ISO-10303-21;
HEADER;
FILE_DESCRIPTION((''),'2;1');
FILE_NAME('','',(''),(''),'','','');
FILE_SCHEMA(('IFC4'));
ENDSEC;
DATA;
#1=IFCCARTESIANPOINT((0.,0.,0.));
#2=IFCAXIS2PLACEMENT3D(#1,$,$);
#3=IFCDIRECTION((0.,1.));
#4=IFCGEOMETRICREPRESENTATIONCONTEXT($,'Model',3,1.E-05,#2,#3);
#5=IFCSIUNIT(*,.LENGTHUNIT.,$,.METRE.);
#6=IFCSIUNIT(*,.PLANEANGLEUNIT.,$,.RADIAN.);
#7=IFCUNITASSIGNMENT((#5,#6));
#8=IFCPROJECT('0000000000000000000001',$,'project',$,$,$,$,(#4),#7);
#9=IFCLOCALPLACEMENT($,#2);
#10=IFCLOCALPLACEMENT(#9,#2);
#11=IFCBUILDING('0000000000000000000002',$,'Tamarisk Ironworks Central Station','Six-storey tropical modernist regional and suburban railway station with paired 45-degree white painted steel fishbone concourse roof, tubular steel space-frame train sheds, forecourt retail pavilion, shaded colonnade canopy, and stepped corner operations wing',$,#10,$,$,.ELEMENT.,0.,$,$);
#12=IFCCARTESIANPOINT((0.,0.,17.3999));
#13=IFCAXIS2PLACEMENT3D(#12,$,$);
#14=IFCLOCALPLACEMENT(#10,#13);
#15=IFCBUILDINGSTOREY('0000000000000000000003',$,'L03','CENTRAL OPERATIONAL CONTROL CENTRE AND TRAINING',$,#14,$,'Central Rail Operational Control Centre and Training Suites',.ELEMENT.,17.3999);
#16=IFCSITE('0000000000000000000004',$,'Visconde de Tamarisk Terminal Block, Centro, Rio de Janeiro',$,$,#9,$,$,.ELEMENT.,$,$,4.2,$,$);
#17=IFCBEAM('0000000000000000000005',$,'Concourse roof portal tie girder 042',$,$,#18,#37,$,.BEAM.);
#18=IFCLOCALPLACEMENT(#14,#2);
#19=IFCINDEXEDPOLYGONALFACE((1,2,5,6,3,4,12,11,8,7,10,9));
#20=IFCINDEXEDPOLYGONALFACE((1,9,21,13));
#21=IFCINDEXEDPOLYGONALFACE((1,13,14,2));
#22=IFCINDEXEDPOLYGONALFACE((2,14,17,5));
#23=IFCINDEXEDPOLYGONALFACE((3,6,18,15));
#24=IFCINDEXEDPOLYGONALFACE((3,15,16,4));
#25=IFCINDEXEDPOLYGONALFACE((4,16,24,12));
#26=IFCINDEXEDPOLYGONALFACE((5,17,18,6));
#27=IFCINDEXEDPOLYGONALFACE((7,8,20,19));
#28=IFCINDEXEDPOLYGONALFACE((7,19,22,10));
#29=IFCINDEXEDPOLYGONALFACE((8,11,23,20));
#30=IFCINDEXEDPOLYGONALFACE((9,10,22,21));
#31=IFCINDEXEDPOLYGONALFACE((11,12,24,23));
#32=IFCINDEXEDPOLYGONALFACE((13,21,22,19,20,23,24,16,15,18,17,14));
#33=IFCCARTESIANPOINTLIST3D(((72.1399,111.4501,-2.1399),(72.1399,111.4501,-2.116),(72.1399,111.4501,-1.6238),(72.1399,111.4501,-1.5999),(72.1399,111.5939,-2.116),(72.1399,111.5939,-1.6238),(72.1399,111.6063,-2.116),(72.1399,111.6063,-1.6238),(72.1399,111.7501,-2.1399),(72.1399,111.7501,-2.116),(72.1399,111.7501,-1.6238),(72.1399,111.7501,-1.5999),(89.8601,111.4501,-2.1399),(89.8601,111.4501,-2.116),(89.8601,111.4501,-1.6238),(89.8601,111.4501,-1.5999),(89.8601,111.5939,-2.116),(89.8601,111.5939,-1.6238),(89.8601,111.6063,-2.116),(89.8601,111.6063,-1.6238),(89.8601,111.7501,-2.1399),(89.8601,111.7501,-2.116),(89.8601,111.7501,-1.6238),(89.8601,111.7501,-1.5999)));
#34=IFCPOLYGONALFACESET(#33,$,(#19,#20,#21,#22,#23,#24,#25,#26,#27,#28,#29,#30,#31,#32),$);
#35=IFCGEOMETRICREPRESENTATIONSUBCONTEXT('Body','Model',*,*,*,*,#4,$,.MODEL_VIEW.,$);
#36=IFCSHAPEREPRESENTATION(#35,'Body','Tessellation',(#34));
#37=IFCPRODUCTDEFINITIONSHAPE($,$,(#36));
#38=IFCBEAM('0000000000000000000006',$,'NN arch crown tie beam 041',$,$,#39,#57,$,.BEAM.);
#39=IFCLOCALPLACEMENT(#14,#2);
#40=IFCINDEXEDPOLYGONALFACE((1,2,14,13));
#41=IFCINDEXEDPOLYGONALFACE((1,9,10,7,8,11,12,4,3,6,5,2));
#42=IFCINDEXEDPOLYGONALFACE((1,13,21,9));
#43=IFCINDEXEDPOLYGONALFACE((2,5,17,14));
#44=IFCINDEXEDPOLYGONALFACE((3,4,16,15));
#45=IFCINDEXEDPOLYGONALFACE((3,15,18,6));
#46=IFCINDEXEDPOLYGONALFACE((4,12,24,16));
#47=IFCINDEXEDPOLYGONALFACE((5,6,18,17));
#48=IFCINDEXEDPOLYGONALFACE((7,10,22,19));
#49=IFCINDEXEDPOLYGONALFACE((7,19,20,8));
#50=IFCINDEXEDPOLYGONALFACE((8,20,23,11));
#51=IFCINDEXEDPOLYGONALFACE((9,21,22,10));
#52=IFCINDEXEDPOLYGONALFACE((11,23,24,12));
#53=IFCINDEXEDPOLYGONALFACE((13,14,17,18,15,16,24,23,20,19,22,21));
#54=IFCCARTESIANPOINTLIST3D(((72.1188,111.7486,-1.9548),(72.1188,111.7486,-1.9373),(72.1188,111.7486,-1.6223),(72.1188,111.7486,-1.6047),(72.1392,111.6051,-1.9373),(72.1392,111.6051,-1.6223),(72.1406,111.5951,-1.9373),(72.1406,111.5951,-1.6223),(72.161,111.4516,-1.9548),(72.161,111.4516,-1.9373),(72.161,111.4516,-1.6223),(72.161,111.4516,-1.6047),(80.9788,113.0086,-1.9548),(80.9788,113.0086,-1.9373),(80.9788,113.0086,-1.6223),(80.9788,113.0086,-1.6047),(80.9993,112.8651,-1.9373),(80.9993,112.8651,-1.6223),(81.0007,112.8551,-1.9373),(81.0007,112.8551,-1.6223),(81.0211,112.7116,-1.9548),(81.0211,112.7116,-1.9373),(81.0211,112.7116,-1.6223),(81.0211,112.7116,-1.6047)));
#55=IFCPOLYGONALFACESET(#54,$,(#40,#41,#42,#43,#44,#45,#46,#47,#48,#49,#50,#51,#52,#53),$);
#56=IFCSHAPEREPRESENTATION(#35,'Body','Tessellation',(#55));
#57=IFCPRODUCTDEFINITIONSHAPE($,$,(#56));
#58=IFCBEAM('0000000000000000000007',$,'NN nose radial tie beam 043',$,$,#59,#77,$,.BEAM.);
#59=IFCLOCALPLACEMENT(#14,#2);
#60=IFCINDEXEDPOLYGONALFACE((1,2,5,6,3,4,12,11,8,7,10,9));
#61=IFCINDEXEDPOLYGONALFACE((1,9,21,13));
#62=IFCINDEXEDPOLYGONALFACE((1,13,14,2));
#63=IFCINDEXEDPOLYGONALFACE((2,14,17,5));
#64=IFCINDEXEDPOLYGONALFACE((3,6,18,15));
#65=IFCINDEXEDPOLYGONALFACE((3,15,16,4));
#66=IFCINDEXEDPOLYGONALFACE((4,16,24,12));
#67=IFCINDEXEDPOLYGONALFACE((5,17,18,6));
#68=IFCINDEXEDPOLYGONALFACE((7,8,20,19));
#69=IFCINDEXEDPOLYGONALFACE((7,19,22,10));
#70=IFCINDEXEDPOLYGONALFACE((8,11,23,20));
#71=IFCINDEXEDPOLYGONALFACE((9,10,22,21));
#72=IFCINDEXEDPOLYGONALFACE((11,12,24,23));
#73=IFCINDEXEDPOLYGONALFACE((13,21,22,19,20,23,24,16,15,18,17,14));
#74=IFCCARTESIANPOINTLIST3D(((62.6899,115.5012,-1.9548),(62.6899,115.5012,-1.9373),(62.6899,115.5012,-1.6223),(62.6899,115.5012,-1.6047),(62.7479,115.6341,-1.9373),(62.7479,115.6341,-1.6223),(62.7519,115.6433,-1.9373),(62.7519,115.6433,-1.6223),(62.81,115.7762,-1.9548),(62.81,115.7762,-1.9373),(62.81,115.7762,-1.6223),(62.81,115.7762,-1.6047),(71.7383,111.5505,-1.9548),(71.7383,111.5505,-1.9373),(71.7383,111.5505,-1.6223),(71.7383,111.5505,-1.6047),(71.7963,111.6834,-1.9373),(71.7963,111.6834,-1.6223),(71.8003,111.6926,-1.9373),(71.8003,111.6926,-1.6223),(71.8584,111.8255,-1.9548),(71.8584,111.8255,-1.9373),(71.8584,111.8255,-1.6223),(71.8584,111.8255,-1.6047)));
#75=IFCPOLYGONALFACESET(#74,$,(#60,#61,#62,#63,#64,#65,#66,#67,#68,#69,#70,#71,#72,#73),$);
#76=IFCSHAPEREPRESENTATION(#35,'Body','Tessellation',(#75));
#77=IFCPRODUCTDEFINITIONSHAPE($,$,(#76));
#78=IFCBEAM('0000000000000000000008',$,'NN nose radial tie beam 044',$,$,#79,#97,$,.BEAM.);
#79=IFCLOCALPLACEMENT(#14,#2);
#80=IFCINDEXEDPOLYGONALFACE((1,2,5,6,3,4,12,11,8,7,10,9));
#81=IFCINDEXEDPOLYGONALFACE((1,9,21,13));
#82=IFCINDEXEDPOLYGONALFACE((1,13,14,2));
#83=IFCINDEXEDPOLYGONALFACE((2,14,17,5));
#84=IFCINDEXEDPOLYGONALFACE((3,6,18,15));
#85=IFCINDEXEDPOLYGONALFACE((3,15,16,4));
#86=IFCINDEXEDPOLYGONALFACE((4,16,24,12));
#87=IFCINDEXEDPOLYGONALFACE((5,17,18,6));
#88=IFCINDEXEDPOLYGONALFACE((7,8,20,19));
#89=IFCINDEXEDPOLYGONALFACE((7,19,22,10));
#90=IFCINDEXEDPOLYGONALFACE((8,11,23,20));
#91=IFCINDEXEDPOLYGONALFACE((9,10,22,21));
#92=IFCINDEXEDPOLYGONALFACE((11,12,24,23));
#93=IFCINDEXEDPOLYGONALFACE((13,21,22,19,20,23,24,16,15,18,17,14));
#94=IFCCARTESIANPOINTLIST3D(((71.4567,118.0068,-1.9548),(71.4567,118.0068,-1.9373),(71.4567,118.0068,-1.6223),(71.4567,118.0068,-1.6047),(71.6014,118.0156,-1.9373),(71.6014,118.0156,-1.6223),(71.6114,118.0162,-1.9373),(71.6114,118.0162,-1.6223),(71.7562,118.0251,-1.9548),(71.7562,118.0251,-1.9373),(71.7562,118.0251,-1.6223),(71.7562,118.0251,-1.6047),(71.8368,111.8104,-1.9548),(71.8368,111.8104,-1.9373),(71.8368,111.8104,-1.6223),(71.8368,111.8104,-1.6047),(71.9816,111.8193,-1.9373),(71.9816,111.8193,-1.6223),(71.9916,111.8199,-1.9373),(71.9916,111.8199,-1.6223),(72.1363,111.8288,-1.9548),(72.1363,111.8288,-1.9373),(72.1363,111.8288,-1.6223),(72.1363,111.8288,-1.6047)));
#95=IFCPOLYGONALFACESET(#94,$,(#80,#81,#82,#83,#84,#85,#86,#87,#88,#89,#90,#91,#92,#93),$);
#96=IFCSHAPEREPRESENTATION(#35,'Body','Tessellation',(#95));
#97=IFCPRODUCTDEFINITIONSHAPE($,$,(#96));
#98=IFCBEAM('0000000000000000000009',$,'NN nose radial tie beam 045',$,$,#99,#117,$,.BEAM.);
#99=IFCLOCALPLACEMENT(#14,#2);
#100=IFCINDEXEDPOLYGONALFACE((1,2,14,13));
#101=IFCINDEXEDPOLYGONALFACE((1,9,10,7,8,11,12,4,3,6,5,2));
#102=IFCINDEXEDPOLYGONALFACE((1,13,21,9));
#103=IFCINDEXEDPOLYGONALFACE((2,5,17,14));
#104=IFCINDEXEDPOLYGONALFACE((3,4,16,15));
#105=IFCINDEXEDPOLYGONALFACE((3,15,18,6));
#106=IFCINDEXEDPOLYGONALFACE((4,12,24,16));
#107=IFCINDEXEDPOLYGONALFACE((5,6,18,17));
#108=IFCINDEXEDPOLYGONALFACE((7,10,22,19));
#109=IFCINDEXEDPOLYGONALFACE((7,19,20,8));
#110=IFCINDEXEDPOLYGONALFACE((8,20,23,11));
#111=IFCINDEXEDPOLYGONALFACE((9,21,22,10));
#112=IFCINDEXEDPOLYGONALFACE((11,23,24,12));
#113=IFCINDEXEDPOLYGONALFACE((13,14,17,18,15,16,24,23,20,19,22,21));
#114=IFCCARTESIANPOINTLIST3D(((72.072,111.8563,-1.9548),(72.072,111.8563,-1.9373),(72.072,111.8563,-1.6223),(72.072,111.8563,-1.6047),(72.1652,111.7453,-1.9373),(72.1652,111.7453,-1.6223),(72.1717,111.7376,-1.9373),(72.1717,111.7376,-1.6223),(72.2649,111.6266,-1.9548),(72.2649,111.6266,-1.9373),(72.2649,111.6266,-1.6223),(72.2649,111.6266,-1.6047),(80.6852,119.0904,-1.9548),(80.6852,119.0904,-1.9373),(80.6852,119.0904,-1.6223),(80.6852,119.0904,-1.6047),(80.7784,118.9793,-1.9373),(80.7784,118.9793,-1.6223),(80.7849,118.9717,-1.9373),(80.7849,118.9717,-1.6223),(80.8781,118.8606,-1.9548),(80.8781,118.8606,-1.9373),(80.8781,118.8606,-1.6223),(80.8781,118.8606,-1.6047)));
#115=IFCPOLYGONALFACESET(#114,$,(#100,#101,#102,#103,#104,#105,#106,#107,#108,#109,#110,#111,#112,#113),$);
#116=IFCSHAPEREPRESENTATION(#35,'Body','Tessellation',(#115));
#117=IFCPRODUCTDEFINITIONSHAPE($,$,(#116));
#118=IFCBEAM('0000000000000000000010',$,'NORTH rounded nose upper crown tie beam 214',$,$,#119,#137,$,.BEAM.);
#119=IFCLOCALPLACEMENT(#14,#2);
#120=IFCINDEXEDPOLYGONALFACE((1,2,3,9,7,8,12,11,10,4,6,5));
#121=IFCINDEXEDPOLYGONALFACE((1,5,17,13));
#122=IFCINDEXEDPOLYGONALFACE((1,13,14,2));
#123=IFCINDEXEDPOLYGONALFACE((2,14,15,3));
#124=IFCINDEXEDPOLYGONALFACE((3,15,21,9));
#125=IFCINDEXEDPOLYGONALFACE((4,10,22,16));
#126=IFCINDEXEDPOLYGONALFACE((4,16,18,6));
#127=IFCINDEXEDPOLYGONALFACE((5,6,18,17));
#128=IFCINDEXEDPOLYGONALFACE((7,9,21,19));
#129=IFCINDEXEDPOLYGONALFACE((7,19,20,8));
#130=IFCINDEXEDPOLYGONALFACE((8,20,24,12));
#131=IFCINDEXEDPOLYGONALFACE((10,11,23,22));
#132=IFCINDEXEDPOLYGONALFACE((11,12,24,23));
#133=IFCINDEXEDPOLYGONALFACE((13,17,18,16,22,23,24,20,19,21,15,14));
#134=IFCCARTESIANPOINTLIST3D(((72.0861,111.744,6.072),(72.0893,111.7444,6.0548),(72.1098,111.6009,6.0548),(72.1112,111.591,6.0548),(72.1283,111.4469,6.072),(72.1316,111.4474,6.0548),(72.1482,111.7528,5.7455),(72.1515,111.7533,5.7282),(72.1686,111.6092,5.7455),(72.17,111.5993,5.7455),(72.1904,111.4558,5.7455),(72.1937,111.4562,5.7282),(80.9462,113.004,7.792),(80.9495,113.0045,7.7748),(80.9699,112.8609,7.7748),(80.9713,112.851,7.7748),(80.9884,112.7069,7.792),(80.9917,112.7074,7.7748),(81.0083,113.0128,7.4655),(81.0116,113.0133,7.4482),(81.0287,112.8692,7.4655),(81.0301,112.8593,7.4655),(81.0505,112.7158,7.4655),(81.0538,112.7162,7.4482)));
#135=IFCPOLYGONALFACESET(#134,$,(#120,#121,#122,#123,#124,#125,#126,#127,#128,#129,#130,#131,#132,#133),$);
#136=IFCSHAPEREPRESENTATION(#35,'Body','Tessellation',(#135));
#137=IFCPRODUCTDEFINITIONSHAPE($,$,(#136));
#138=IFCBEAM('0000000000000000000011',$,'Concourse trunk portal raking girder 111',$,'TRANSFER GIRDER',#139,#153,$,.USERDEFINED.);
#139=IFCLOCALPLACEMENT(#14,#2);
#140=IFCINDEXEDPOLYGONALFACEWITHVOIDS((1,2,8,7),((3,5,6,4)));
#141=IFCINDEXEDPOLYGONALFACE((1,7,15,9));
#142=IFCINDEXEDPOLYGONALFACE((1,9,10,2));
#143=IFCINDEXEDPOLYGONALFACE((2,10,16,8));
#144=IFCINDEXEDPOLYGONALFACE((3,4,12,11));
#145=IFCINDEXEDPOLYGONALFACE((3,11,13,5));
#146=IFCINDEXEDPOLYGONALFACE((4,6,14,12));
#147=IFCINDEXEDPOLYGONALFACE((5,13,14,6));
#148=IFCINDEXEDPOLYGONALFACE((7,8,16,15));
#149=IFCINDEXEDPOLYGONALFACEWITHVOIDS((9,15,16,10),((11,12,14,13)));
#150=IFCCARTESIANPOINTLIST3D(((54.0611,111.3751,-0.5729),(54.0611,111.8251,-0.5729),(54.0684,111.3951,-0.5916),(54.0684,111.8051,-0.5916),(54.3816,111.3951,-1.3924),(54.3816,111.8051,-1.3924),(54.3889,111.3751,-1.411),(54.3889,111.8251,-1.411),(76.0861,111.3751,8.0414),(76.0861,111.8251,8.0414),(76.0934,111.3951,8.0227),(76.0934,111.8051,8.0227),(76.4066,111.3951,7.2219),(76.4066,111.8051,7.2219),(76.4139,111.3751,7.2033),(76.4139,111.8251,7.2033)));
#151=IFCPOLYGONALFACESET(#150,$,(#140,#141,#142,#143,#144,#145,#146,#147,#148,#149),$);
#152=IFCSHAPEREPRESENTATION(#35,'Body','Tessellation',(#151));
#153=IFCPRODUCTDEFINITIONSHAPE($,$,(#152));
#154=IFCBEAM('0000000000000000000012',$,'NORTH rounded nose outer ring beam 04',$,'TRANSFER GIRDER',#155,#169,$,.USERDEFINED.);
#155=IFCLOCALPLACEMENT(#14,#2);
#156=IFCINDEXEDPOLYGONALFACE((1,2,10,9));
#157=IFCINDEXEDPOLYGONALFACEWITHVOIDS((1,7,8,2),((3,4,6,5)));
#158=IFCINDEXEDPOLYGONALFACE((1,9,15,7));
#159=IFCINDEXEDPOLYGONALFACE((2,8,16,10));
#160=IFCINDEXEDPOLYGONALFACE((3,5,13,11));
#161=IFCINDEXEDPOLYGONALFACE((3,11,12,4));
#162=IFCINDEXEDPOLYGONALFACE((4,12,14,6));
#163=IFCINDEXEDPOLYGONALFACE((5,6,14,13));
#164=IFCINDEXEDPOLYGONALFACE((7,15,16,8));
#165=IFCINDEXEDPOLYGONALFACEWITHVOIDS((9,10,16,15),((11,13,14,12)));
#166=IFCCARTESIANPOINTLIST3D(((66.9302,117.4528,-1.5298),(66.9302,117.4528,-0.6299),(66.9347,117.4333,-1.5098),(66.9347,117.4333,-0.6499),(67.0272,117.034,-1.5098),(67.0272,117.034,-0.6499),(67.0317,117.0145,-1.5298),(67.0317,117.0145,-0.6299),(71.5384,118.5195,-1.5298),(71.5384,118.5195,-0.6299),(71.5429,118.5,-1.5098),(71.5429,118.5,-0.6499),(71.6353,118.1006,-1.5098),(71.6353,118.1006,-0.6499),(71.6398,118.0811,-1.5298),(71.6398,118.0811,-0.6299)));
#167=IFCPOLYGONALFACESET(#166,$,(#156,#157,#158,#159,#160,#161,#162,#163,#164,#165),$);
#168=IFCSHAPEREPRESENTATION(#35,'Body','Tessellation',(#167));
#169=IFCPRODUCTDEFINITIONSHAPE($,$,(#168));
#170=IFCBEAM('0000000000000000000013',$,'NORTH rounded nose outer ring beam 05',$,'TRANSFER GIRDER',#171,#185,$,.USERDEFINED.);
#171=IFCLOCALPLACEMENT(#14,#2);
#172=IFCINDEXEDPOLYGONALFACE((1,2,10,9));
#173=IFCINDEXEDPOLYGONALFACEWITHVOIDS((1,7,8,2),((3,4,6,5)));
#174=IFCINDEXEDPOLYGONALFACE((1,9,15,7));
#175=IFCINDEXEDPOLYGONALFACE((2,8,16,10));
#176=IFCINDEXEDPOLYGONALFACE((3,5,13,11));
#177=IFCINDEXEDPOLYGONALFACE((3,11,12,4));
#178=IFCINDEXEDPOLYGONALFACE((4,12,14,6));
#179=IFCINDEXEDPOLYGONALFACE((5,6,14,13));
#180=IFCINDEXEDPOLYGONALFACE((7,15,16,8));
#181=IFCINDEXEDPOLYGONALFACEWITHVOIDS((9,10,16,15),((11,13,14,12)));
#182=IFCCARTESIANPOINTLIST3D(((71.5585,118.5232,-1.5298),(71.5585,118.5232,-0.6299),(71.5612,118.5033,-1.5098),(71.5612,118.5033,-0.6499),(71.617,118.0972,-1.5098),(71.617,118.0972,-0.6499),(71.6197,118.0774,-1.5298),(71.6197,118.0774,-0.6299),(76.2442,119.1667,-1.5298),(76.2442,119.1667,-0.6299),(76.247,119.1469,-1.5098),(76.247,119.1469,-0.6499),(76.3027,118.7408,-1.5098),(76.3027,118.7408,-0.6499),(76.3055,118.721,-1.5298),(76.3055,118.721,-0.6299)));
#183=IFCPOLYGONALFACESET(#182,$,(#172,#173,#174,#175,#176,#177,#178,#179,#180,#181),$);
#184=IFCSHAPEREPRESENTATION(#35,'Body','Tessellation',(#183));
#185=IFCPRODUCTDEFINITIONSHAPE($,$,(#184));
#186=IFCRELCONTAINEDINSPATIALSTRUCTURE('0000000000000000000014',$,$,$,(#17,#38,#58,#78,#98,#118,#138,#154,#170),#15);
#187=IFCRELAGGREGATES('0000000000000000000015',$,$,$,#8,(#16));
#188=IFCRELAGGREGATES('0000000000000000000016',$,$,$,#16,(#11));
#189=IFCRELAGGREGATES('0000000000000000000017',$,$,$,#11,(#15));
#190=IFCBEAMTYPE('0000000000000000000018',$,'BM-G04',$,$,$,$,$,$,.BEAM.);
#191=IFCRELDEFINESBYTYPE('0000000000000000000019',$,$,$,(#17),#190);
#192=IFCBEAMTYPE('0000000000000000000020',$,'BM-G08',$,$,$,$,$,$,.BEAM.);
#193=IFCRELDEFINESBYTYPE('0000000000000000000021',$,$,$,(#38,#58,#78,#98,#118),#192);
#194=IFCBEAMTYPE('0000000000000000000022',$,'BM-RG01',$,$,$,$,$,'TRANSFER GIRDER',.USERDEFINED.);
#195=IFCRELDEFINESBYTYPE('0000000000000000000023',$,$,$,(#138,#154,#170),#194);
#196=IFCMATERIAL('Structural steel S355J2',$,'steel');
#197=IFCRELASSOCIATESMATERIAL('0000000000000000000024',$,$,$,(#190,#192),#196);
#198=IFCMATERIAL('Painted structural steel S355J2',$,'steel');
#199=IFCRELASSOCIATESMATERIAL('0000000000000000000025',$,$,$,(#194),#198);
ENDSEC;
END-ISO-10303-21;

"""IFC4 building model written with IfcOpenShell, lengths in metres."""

from ifc_helpers import new_model, si_unit, direction, frame, origin, origin_2d, place, context, subcontext, project, spatial, hollow_rectangle, i_section, extrude, material, material_profile, profile_set, type_object, element, save


model = new_model("IFC4")

# Units and contexts
model_context = context("Model", 3, precision=1e-05, world=origin(), true_north=direction((0.0, 1.0)))
body_context = subcontext(model_context, "Body", "Model", "MODEL_VIEW")
ifc_project = project(units=[si_unit("LENGTHUNIT", "METRE"), si_unit("PLANEANGLEUNIT", "RADIAN")], contexts=[model_context])

# Site, building, storey
site_placement = place(None, origin())
site = spatial("IfcSite", under=ifc_project, at=site_placement, Name="Visconde de Tamarisk Terminal Block, Centro, Rio de Janeiro", CompositionType="ELEMENT", RefElevation=4.2)
building_placement = place(site_placement, origin())
building = spatial("IfcBuilding", under=site, at=building_placement, Name="Tamarisk Ironworks Central Station", Description="Six-storey tropical modernist regional and suburban railway station with paired 45-degree white painted steel fishbone concourse roof, tubular steel space-frame train sheds, forecourt retail pavilion, shaded colonnade canopy, and stepped corner operations wing", CompositionType="ELEMENT", ElevationOfRefHeight=0.0)
storey_placement = place(building_placement, frame((0.0, 0.0, 17.3999)))
storey = spatial("IfcBuildingStorey", under=building, at=storey_placement, Name="L03", Description="CENTRAL OPERATIONAL CONTROL CENTRE AND TRAINING", LongName="Central Rail Operational Control Centre and Training Suites", CompositionType="ELEMENT", Elevation=17.3999)

# Shared definitions
ifc_material_1 = material(Name="Structural steel S355J2", Category="steel")

# Beams
ifc_material_2 = material(Name="Painted structural steel S355J2", Category="steel")
ifc_material_profile_1 = material_profile(ifc_material_1, i_section(OverallWidth=0.3, OverallDepth=0.54, WebThickness=0.0125, FlangeThickness=0.0239, at=origin_2d()), Name="HEA 550")
ifc_profile_set_1 = profile_set([ifc_material_profile_1], Name="Structural steel S355J2")
beam_type_1 = type_object("IfcBeamType", Name="BM-G04", PredefinedType="BEAM", material=ifc_profile_set_1)
beam_1_placement = place(storey_placement, frame((72.1399, 111.6001, -1.8699), z_axis=(1.0, 0.0, 0.0), x_axis=(0.0, 1.0, 0.0)))
element("IfcBeam", 1, at=beam_1_placement, inside=storey, type_object=beam_type_1, Name="Concourse roof portal tie girder 042", PredefinedType="BEAM", context=body_context, shape_type="SweptSolid", body=[
    extrude(i_section(OverallWidth=0.3, OverallDepth=0.54, WebThickness=0.0125, FlangeThickness=0.0239, at=origin_2d()), origin(), (0.0, 0.0, 1.0), 17.7202),
])
ifc_material_profile_2 = material_profile(ifc_material_1, i_section(OverallWidth=0.3, OverallDepth=0.3501, WebThickness=0.01, FlangeThickness=0.0176, at=origin_2d()), Name="HEA 360")
ifc_profile_set_2 = profile_set([ifc_material_profile_2], Name="Structural steel S355J2")
beam_type_2 = type_object("IfcBeamType", Name="BM-G08", PredefinedType="BEAM", material=ifc_profile_set_2)
beam_2_placement = place(storey_placement, frame((72.1399, 111.6001, -1.7798), z_axis=(0.990039, 0.140795, 0.0), x_axis=(-0.140795, 0.990039, 0.0)))
element("IfcBeam", 2, at=beam_2_placement, inside=storey, type_object=beam_type_2, Name="NN arch crown tie beam 041", PredefinedType="BEAM", context=body_context, shape_type="SweptSolid", body=[
    extrude(i_section(OverallWidth=0.3, OverallDepth=0.3501, WebThickness=0.01, FlangeThickness=0.0176, at=origin_2d()), origin(), (0.0, 0.0, 1.0), 8.9492),
])
beam_3_placement = place(storey_placement, frame((71.7983, 111.688, -1.7798), z_axis=(-0.916453, 0.400142, 0.0), x_axis=(-0.400142, -0.916453, 0.0)))
element("IfcBeam", 3, at=beam_3_placement, inside=storey, type_object=beam_type_2, Name="NN nose radial tie beam 043", PredefinedType="BEAM", context=body_context, shape_type="SweptSolid", body=[
    extrude(i_section(OverallWidth=0.3, OverallDepth=0.3501, WebThickness=0.01, FlangeThickness=0.0176, at=origin_2d()), origin(), (0.0, 0.0, 1.0), 9.8733),
])
beam_4_placement = place(storey_placement, frame((71.9866, 111.8196, -1.7798), z_axis=(-0.061232, 0.998124, 0.0), x_axis=(-0.998124, -0.061232, 0.0)))
element("IfcBeam", 4, at=beam_4_placement, inside=storey, type_object=beam_type_2, Name="NN nose radial tie beam 044", PredefinedType="BEAM", context=body_context, shape_type="SweptSolid", body=[
    extrude(i_section(OverallWidth=0.3, OverallDepth=0.3501, WebThickness=0.01, FlangeThickness=0.0176, at=origin_2d()), origin(), (0.0, 0.0, 1.0), 6.208),
])
beam_5_placement = place(storey_placement, frame((72.1685, 111.7415, -1.7798), z_axis=(0.76575, 0.643139, 0.0), x_axis=(-0.643139, 0.76575, 0.0)))
element("IfcBeam", 5, at=beam_5_placement, inside=storey, type_object=beam_type_2, Name="NN nose radial tie beam 045", PredefinedType="BEAM", context=body_context, shape_type="SweptSolid", body=[
    extrude(i_section(OverallWidth=0.3, OverallDepth=0.3501, WebThickness=0.01, FlangeThickness=0.0176, at=origin_2d()), origin(), (0.0, 0.0, 1.0), 11.248),
])
beam_6_placement = place(storey_placement, frame((72.1399, 111.6001, 5.9001), z_axis=(0.972245, 0.138265, 0.188737), x_axis=(-0.140795, 0.990039, 0.0)))
element("IfcBeam", 6, at=beam_6_placement, inside=storey, type_object=beam_type_2, Name="NORTH rounded nose upper crown tie beam 214", PredefinedType="BEAM", context=body_context, shape_type="SweptSolid", body=[
    extrude(i_section(OverallWidth=0.3, OverallDepth=0.3501, WebThickness=0.01, FlangeThickness=0.0176, at=origin_2d()), origin(), (0.0, 0.0, 1.0), 9.113),
])
ifc_material_profile_3 = material_profile(ifc_material_2, hollow_rectangle(XDim=0.45, YDim=0.8999, WallThickness=0.02, at=origin_2d()), Name="BOX 450x900x20")
ifc_profile_set_3 = profile_set([ifc_material_profile_3], Name="Painted structural steel S355J2")
beam_type_3 = type_object("IfcBeamType", Name="BM-RG01", ElementType="TRANSFER GIRDER", PredefinedType="USERDEFINED", material=ifc_profile_set_3)
beam_7_placement = place(storey_placement, frame((76.25, 111.6001, 7.6223), z_axis=(-0.931303, 0.0, -0.364246), x_axis=(0.0, -1.0, 0.0)))
element("IfcBeam", 7, at=beam_7_placement, inside=storey, type_object=beam_type_3, Name="Concourse trunk portal raking girder 111", ObjectType="TRANSFER GIRDER", PredefinedType="USERDEFINED", context=body_context, shape_type="SweptSolid", body=[
    extrude(hollow_rectangle(XDim=0.45, YDim=0.8999, WallThickness=0.02, at=origin_2d()), origin(), (0.0, 0.0, 1.0), 23.6497),
])
beam_8_placement = place(storey_placement, frame((66.981, 117.2336, -1.0798), z_axis=(0.974241, 0.225508, 0.0), x_axis=(-0.225508, 0.974241, 0.0)))
element("IfcBeam", 8, at=beam_8_placement, inside=storey, type_object=beam_type_3, Name="NORTH rounded nose outer ring beam 04", ObjectType="TRANSFER GIRDER", PredefinedType="USERDEFINED", context=body_context, shape_type="SweptSolid", body=[
    extrude(hollow_rectangle(XDim=0.45, YDim=0.8999, WallThickness=0.02, at=origin_2d()), origin(), (0.0, 0.0, 1.0), 4.73),
])
beam_9_placement = place(storey_placement, frame((71.5891, 118.3003, -1.0798), z_axis=(0.9907, 0.136064, 0.0), x_axis=(-0.136064, 0.9907, 0.0)))
element("IfcBeam", 9, at=beam_9_placement, inside=storey, type_object=beam_type_3, Name="NORTH rounded nose outer ring beam 05", ObjectType="TRANSFER GIRDER", PredefinedType="USERDEFINED", context=body_context, shape_type="SweptSolid", body=[
    extrude(hollow_rectangle(XDim=0.45, YDim=0.8999, WallThickness=0.02, at=origin_2d()), origin(), (0.0, 0.0, 1.0), 4.7297),
])

save(model, "model.ifc")
